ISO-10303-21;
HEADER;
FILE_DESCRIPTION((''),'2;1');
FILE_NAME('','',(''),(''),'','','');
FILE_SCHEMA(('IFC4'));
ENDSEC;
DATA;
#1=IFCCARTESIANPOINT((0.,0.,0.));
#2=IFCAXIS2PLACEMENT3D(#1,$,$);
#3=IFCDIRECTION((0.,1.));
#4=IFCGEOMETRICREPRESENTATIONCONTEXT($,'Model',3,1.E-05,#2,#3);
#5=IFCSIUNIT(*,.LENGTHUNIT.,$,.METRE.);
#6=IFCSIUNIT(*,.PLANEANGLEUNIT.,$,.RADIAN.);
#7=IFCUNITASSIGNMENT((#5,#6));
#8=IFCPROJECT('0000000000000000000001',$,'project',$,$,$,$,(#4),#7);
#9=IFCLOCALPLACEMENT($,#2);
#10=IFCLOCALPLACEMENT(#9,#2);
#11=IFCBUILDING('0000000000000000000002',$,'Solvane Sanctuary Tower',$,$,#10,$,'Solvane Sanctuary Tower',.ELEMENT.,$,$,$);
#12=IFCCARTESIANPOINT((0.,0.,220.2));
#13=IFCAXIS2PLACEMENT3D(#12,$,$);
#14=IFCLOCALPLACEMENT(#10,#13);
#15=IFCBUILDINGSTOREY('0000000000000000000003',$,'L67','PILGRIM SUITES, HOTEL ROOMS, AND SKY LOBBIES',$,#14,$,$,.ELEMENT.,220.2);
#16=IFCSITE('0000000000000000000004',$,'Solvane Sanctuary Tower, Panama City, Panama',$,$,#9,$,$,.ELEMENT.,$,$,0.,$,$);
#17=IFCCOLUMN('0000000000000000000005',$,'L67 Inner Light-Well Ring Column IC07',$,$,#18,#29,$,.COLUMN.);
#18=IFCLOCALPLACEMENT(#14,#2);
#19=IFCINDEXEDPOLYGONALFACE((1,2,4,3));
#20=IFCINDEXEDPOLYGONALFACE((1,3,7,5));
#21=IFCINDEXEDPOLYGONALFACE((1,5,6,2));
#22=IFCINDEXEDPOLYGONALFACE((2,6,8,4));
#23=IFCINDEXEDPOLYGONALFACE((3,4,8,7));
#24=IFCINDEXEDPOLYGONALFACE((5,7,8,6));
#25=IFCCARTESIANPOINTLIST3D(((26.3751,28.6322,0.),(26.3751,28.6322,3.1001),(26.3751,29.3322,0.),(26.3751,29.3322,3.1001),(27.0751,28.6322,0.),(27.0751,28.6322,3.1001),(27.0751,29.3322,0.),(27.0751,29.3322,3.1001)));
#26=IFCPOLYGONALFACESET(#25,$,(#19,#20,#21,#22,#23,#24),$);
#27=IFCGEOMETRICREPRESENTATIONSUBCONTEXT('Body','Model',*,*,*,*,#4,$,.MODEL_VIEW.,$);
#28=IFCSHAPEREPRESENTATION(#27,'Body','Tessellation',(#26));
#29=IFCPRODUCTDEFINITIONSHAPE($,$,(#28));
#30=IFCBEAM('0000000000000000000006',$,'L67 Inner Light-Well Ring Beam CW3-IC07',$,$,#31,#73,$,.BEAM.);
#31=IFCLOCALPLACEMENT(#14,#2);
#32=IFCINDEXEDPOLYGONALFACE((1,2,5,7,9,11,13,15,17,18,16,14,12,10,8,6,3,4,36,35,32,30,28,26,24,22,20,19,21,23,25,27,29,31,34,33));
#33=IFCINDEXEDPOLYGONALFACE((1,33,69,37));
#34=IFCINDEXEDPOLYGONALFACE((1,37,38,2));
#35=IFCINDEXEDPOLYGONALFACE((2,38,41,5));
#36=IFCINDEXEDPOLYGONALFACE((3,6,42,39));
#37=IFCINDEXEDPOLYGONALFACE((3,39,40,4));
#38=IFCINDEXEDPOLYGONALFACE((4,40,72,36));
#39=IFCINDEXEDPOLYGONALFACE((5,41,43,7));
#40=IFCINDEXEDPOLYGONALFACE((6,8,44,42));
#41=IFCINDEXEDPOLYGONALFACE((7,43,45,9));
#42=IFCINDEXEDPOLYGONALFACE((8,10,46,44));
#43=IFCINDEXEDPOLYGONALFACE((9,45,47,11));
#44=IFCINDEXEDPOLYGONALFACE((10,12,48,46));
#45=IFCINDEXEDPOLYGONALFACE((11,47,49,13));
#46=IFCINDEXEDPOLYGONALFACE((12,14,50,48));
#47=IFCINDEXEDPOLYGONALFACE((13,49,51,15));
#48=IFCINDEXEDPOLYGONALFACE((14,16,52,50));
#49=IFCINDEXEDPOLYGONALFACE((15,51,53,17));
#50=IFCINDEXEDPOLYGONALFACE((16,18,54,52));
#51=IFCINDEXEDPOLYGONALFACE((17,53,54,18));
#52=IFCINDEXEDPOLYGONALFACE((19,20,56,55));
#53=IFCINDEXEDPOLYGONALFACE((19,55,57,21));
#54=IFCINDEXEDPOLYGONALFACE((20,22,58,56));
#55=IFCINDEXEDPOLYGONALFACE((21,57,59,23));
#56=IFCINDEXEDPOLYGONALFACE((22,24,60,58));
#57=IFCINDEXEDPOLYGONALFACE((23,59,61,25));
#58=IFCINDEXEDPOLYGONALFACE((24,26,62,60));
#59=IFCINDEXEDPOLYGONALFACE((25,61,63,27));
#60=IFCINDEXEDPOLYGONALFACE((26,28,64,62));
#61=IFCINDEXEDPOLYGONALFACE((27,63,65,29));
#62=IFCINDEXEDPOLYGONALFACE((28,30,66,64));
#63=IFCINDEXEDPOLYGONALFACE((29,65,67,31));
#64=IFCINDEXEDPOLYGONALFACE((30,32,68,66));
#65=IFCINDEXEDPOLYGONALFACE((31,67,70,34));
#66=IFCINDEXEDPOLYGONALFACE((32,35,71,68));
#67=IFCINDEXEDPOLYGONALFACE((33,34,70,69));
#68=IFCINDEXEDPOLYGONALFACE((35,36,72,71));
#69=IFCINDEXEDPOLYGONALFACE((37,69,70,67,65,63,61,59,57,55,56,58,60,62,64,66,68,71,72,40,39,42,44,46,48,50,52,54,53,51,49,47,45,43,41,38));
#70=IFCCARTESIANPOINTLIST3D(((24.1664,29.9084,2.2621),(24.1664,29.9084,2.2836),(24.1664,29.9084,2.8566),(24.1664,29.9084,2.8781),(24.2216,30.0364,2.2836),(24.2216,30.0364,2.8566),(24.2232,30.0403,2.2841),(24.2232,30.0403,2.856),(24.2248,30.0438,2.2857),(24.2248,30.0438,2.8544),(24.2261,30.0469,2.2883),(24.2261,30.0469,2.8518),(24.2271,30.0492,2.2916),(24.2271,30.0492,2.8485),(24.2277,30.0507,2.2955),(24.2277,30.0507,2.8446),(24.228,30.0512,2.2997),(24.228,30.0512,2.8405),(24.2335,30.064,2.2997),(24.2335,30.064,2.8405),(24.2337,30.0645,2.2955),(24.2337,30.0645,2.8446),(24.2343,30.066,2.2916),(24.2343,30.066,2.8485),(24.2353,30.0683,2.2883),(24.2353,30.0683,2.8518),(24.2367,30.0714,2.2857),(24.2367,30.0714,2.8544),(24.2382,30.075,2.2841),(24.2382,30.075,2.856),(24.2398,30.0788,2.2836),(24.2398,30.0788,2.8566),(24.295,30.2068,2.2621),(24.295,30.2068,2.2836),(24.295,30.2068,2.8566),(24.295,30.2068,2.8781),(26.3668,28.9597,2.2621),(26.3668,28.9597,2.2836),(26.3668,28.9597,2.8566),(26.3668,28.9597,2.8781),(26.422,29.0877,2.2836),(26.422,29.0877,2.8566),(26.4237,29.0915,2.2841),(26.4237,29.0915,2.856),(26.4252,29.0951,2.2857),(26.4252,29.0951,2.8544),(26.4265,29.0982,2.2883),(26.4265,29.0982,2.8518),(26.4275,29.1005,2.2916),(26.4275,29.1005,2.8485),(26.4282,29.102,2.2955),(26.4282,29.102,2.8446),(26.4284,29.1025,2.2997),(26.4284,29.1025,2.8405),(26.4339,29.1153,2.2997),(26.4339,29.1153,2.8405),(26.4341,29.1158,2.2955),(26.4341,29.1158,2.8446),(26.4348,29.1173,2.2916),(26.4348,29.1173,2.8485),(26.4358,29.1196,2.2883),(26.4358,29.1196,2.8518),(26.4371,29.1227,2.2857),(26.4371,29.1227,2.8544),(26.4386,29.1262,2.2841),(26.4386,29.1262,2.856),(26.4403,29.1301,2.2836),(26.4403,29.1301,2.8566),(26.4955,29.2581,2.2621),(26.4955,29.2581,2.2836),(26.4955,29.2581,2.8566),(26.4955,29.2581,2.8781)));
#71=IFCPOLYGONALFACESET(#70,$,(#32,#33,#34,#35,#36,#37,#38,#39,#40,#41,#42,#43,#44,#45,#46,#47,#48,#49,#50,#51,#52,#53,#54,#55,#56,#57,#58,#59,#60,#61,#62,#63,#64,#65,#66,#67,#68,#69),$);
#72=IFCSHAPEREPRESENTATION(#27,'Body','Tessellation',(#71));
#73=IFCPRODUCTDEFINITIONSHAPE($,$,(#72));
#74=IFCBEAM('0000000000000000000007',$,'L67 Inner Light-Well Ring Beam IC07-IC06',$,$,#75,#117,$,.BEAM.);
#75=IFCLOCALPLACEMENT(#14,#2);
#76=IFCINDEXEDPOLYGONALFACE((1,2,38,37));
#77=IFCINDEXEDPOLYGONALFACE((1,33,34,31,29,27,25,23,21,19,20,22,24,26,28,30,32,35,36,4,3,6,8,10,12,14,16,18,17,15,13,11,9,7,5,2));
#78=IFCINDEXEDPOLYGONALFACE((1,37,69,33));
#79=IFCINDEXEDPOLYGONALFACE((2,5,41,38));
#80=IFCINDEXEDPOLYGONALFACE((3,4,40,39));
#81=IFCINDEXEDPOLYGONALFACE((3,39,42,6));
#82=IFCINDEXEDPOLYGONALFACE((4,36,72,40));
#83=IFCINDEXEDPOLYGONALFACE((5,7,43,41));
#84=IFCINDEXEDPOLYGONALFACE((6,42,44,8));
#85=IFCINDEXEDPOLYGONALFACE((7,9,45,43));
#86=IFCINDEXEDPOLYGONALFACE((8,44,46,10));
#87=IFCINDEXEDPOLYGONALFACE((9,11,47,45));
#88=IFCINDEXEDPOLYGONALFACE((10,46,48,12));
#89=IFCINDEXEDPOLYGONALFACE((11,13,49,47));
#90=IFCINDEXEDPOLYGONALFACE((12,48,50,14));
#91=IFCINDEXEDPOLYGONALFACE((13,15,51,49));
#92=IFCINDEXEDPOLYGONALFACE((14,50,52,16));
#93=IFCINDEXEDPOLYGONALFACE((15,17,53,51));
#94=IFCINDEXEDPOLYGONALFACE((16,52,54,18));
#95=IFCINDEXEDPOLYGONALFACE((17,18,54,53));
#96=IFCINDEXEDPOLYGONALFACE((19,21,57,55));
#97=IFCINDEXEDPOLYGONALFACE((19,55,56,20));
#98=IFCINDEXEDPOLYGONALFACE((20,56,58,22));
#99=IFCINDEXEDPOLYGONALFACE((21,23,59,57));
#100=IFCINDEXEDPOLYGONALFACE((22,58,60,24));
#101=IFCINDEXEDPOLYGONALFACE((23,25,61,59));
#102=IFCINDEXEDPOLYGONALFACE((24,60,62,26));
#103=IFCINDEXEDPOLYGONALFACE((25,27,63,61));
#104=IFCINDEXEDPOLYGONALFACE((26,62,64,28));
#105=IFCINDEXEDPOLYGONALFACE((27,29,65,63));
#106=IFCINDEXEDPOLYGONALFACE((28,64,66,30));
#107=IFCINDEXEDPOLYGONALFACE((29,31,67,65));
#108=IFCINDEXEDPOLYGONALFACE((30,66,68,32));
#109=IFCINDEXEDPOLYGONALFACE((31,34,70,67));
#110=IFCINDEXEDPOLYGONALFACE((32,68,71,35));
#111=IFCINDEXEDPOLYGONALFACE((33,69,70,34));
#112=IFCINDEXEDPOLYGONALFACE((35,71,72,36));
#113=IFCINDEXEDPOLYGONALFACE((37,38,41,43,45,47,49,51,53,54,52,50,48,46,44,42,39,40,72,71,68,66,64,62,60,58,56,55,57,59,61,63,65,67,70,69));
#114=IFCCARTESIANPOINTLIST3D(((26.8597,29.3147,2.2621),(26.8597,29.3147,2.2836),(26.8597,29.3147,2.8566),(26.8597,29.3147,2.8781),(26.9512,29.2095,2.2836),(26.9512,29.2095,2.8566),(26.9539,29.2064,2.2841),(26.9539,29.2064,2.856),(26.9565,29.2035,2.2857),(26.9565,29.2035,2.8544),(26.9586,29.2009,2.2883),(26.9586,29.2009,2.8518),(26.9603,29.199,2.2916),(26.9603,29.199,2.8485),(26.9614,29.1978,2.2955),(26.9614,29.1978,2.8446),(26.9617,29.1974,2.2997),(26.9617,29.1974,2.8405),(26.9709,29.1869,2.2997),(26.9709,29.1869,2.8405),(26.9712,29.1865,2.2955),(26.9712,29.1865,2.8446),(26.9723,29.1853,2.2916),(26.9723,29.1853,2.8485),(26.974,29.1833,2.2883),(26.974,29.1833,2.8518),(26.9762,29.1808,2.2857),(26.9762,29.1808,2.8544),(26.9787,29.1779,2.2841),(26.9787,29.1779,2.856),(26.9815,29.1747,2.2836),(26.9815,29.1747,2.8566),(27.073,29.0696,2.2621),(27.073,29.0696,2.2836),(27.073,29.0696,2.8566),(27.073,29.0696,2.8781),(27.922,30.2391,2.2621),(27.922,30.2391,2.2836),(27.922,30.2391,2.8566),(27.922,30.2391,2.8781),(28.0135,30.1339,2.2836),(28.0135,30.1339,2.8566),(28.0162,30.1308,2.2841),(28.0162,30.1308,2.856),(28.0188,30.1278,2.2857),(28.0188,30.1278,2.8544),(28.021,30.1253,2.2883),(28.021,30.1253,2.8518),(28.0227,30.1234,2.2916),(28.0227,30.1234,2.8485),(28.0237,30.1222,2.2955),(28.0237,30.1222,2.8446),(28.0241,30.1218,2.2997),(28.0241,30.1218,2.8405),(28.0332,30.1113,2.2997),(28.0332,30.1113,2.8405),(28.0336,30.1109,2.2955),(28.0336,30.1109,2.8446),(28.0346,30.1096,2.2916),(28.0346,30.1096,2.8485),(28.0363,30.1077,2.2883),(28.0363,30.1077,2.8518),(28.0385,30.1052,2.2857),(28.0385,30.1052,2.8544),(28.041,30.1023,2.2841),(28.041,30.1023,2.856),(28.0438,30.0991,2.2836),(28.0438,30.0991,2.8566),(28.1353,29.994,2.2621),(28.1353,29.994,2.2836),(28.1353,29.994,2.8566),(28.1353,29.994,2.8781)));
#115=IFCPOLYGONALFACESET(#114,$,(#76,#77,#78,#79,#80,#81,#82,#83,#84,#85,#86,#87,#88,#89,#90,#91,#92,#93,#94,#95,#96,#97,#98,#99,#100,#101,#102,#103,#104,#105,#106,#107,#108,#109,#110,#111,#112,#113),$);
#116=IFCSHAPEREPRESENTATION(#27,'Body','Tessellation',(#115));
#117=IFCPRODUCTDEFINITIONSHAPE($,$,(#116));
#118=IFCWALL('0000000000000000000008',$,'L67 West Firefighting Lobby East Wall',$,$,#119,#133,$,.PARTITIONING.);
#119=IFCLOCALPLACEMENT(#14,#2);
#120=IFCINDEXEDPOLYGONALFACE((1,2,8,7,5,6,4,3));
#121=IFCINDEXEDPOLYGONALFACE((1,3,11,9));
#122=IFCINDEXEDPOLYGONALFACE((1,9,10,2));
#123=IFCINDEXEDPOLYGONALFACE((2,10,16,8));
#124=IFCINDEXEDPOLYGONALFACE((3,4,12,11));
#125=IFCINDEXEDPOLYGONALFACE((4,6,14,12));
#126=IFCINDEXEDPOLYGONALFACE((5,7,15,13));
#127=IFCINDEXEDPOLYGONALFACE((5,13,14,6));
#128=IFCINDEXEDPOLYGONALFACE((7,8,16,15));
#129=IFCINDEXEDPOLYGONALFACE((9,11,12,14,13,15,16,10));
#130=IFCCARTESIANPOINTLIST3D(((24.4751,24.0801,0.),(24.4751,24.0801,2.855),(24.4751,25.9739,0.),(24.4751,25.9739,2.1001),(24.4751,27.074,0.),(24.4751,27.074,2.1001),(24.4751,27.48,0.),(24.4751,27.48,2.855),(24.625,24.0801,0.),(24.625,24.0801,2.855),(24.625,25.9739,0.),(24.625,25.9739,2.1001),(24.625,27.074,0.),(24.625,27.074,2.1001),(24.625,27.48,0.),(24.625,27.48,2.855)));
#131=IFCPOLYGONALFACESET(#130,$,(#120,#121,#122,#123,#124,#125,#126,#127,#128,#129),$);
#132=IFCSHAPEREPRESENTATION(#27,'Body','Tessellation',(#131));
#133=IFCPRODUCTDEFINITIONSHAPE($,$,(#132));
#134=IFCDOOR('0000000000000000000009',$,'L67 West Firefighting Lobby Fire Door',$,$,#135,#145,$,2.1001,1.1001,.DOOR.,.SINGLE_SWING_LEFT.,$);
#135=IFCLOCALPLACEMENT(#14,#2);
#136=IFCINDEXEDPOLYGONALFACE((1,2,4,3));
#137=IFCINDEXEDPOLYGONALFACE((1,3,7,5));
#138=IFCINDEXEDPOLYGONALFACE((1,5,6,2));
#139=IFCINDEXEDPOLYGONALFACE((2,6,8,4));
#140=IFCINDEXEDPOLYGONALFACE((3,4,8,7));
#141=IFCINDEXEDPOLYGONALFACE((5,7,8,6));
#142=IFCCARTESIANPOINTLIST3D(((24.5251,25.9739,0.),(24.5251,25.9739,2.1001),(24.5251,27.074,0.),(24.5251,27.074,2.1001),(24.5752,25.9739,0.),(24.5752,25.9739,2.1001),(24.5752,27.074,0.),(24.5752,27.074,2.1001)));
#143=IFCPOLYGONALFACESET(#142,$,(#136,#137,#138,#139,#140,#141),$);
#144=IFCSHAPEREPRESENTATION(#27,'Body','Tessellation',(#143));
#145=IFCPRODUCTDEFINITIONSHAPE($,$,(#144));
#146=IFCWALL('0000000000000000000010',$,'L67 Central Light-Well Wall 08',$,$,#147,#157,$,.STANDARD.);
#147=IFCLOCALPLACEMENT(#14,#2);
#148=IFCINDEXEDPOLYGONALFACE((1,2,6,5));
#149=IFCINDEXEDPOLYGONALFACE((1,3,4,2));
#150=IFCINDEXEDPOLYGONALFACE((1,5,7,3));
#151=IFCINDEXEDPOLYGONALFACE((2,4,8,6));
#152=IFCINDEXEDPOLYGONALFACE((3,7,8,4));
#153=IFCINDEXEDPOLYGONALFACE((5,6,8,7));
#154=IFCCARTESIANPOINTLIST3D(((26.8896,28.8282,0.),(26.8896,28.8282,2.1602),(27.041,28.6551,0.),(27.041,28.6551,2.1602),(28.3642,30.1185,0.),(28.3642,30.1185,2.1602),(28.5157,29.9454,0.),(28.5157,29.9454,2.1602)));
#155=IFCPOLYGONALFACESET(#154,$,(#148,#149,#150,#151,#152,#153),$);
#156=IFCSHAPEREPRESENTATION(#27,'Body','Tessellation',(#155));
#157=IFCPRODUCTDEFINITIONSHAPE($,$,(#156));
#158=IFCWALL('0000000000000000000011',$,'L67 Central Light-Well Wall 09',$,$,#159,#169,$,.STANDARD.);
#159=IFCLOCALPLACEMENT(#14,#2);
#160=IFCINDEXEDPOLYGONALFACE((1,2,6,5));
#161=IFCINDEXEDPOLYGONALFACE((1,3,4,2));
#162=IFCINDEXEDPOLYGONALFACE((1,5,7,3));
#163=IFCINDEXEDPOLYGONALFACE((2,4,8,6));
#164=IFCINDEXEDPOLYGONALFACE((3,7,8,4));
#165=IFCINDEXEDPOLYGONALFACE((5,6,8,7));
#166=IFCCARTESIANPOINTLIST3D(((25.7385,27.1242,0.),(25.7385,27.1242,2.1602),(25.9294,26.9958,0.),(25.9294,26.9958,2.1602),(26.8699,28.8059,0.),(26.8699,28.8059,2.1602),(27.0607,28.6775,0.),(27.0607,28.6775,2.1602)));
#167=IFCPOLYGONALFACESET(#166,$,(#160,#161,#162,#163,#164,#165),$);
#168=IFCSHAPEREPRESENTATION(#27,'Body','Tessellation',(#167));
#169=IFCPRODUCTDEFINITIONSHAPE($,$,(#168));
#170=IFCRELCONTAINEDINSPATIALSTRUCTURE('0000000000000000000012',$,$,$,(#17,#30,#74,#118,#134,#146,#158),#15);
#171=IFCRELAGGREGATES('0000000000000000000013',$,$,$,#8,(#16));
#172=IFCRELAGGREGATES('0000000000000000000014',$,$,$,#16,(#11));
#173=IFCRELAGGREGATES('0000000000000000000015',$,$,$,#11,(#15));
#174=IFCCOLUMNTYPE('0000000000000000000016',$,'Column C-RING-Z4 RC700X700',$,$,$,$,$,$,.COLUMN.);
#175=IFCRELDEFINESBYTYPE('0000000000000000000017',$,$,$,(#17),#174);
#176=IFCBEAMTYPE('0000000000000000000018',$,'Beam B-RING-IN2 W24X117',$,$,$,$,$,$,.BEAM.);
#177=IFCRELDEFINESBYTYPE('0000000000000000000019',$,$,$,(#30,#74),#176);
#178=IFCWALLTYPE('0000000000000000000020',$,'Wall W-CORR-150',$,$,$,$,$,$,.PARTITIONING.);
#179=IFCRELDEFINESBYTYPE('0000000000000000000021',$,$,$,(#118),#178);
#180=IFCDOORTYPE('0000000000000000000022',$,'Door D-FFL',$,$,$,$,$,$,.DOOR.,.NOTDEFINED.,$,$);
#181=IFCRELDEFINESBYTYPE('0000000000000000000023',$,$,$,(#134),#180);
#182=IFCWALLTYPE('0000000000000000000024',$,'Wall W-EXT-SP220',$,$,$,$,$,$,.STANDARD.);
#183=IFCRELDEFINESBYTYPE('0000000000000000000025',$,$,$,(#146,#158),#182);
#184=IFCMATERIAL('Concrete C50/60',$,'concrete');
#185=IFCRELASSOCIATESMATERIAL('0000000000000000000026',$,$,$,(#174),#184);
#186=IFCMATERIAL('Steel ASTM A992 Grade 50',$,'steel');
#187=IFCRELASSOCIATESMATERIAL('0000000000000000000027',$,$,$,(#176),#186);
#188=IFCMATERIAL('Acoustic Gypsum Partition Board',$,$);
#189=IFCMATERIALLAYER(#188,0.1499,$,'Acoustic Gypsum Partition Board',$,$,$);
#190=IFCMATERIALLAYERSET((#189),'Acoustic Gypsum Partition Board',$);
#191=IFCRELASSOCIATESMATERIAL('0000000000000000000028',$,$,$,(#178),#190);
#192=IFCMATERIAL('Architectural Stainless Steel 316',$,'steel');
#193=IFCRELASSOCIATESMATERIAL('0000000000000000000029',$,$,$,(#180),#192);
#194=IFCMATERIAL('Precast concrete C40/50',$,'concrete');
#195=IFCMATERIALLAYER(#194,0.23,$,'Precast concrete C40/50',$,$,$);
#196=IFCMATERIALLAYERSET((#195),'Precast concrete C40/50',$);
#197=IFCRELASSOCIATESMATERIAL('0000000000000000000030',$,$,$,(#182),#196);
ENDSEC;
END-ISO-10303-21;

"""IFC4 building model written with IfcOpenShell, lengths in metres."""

from ifc_helpers import new_model, si_unit, direction, frame, frame_2d, origin, origin_2d, place, context, subcontext, project, spatial, rectangle, i_section, extrude, material, layer, layer_set, material_profile, profile_set, type_object, element, fill, save


model = new_model("IFC4")

# Units and contexts
model_context = context("Model", 3, precision=1e-05, world=origin(), true_north=direction((0.0, 1.0)))
body_context = subcontext(model_context, "Body", "Model", "MODEL_VIEW")
ifc_project = project(units=[si_unit("LENGTHUNIT", "METRE"), si_unit("PLANEANGLEUNIT", "RADIAN")], contexts=[model_context])

# Site, building, storey
site_placement = place(None, origin())
site = spatial("IfcSite", under=ifc_project, at=site_placement, Name="Solvane Sanctuary Tower, Panama City, Panama", CompositionType="ELEMENT", RefElevation=0.0)
building_placement = place(site_placement, origin())
building = spatial("IfcBuilding", under=site, at=building_placement, Name="Solvane Sanctuary Tower", LongName="Solvane Sanctuary Tower", CompositionType="ELEMENT")
storey_placement = place(building_placement, frame((0.0, 0.0, 220.2)))
storey = spatial("IfcBuildingStorey", under=building, at=storey_placement, Name="L67", Description="PILGRIM SUITES, HOTEL ROOMS, AND SKY LOBBIES", CompositionType="ELEMENT", Elevation=220.2)

# Column
ifc_material_1 = material(Name="Concrete C50/60", Category="concrete")
ifc_material_profile_1 = material_profile(ifc_material_1, rectangle(XDim=0.7, YDim=0.7, at=origin_2d()), Name="RC700X700")
ifc_profile_set_1 = profile_set([ifc_material_profile_1], Name="Concrete C50/60")
column_type = type_object("IfcColumnType", Name="Column C-RING-Z4 RC700X700", PredefinedType="COLUMN", material=ifc_profile_set_1)
column_placement = place(storey_placement, frame((26.7251, 28.9822, 0.0), z_axis=(0.0, 0.0, 1.0), x_axis=(1.0, 0.0, 0.0)))
element("IfcColumn", 1, at=column_placement, inside=storey, type_object=column_type, Name="L67 Inner Light-Well Ring Column IC07", PredefinedType="COLUMN", context=body_context, shape_type="SweptSolid", body=[
    extrude(rectangle(XDim=0.7, YDim=0.7, at=origin_2d()), origin(), (0.0, 0.0, 1.0), 3.1001),
])

# Beams
ifc_material_2 = material(Name="Steel ASTM A992 Grade 50", Category="steel")
ifc_material_profile_2 = material_profile(ifc_material_2, i_section(OverallWidth=0.325, OverallDepth=0.616, WebThickness=0.0139, FlangeThickness=0.0215, FilletRadius=0.0161, at=origin_2d()), Name="W24X117")
ifc_profile_set_2 = profile_set([ifc_material_profile_2], Name="Steel ASTM A992 Grade 50")
beam_type = type_object("IfcBeamType", Name="Beam B-RING-IN2 W24X117", PredefinedType="BEAM", material=ifc_profile_set_2)
beam_1_placement = place(storey_placement, frame((24.2307, 30.0576, 2.5701), z_axis=(0.918284, -0.395923, 0.0), x_axis=(0.395923, 0.918284, 0.0)))
element("IfcBeam", 2, at=beam_1_placement, inside=storey, type_object=beam_type, Name="L67 Inner Light-Well Ring Beam CW3-IC07", PredefinedType="BEAM", context=body_context, shape_type="SweptSolid", body=[
    extrude(i_section(OverallWidth=0.325, OverallDepth=0.616, WebThickness=0.0139, FlangeThickness=0.0215, FilletRadius=0.0161, at=origin_2d()), origin(), (0.0, 0.0, 1.0), 2.3962),
])
beam_2_placement = place(storey_placement, frame((26.9663, 29.1921, 2.5701), z_axis=(0.754389, 0.656428, 0.0), x_axis=(-0.656428, 0.754389, 0.0)))
element("IfcBeam", 3, at=beam_2_placement, inside=storey, type_object=beam_type, Name="L67 Inner Light-Well Ring Beam IC07-IC06", PredefinedType="BEAM", context=body_context, shape_type="SweptSolid", body=[
    extrude(i_section(OverallWidth=0.325, OverallDepth=0.616, WebThickness=0.0139, FlangeThickness=0.0215, FilletRadius=0.0161, at=origin_2d()), origin(), (0.0, 0.0, 1.0), 1.4082),
])

# Wall, opening, door
ifc_material_3 = material(Name="Acoustic Gypsum Partition Board")
ifc_layer_1 = layer(ifc_material_3, 0.1499, Name="Acoustic Gypsum Partition Board")
ifc_layer_set_1 = layer_set([ifc_layer_1], Name="Acoustic Gypsum Partition Board")
wall_type_1 = type_object("IfcWallType", Name="Wall W-CORR-150", PredefinedType="PARTITIONING", material=ifc_layer_set_1)
wall_1_placement = place(storey_placement, frame((24.55, 24.0801, 0.0), z_axis=(0.0, 0.0, 1.0), x_axis=(0.0, 1.0, 0.0)))
wall_1 = element("IfcWall", 4, at=wall_1_placement, inside=storey, type_object=wall_type_1, Name="L67 West Firefighting Lobby East Wall", PredefinedType="PARTITIONING", context=body_context, shape_type="SweptSolid", body=[
    extrude(rectangle(XDim=3.3999, YDim=0.1499, at=frame_2d((1.7, 0.0))), origin(), (0.0, 0.0, 1.0), 2.855),
])
opening_1_placement = place(wall_1_placement, frame((1.8938, 0.0, 0.0)))
opening_1 = element("IfcOpeningElement", 5, at=opening_1_placement, cuts=wall_1, PredefinedType="OPENING", context=body_context, shape_type="SweptSolid", body=[
    extrude(rectangle(XDim=1.1001, YDim=2.1001, at=frame_2d((0.55, 1.05))), frame((0.0, 0.085, 0.0), z_axis=(0.0, -1.0, 0.0), x_axis=(1.0, 0.0, 0.0)), (0.0, 0.0, 1.0), 0.1699),
])
ifc_material_4 = material(Name="Architectural Stainless Steel 316", Category="steel")
door_type_1 = type_object("IfcDoorType", Name="Door D-FFL", OperationType="NOTDEFINED", PredefinedType="DOOR", material=ifc_material_4)
door_1_placement = place(opening_1_placement, origin())
door_1 = element("IfcDoor", 6, at=door_1_placement, inside=storey, type_object=door_type_1, Name="L67 West Firefighting Lobby Fire Door", OperationType="SINGLE_SWING_LEFT", OverallHeight=2.1001, OverallWidth=1.1001, PredefinedType="DOOR", context=body_context, shape_type="SweptSolid", body=[
    extrude(rectangle(XDim=1.1001, YDim=2.1001, at=frame_2d((0.55, 1.05))), frame((0.0, 0.0249, 0.0), z_axis=(0.0, -1.0, 0.0), x_axis=(1.0, 0.0, 0.0)), (0.0, 0.0, 1.0), 0.05),
])
fill(opening_1, door_1)

# Walls
ifc_material_5 = material(Name="Precast concrete C40/50", Category="concrete")
ifc_layer_2 = layer(ifc_material_5, 0.23, Name="Precast concrete C40/50")
ifc_layer_set_2 = layer_set([ifc_layer_2], Name="Precast concrete C40/50")
wall_type_2 = type_object("IfcWallType", Name="Wall W-EXT-SP220", PredefinedType="STANDARD", material=ifc_layer_set_2)
wall_2_placement = place(storey_placement, frame((28.4399, 30.032, 0.0), z_axis=(0.0, 0.0, 1.0), x_axis=(-0.752577, -0.658505, 0.0)))
element("IfcWall", 7, at=wall_2_placement, inside=storey, type_object=wall_type_2, Name="L67 Central Light-Well Wall 08", PredefinedType="STANDARD", context=body_context, shape_type="SweptSolid", body=[
    extrude(rectangle(XDim=1.9595, YDim=0.23, at=frame_2d((0.9797, 0.0))), origin(), (0.0, 0.0, 1.0), 2.1602),
])
wall_3_placement = place(storey_placement, frame((26.9653, 28.7417, 0.0), z_axis=(0.0, 0.0, 1.0), x_axis=(-0.558198, -0.829708, 0.0)))
element("IfcWall", 8, at=wall_3_placement, inside=storey, type_object=wall_type_2, Name="L67 Central Light-Well Wall 09", PredefinedType="STANDARD", context=body_context, shape_type="SweptSolid", body=[
    extrude(rectangle(XDim=2.0269, YDim=0.23, at=frame_2d((1.0134, 0.0))), origin(), (0.0, 0.0, 1.0), 2.1602),
])

save(model, "model.ifc")
